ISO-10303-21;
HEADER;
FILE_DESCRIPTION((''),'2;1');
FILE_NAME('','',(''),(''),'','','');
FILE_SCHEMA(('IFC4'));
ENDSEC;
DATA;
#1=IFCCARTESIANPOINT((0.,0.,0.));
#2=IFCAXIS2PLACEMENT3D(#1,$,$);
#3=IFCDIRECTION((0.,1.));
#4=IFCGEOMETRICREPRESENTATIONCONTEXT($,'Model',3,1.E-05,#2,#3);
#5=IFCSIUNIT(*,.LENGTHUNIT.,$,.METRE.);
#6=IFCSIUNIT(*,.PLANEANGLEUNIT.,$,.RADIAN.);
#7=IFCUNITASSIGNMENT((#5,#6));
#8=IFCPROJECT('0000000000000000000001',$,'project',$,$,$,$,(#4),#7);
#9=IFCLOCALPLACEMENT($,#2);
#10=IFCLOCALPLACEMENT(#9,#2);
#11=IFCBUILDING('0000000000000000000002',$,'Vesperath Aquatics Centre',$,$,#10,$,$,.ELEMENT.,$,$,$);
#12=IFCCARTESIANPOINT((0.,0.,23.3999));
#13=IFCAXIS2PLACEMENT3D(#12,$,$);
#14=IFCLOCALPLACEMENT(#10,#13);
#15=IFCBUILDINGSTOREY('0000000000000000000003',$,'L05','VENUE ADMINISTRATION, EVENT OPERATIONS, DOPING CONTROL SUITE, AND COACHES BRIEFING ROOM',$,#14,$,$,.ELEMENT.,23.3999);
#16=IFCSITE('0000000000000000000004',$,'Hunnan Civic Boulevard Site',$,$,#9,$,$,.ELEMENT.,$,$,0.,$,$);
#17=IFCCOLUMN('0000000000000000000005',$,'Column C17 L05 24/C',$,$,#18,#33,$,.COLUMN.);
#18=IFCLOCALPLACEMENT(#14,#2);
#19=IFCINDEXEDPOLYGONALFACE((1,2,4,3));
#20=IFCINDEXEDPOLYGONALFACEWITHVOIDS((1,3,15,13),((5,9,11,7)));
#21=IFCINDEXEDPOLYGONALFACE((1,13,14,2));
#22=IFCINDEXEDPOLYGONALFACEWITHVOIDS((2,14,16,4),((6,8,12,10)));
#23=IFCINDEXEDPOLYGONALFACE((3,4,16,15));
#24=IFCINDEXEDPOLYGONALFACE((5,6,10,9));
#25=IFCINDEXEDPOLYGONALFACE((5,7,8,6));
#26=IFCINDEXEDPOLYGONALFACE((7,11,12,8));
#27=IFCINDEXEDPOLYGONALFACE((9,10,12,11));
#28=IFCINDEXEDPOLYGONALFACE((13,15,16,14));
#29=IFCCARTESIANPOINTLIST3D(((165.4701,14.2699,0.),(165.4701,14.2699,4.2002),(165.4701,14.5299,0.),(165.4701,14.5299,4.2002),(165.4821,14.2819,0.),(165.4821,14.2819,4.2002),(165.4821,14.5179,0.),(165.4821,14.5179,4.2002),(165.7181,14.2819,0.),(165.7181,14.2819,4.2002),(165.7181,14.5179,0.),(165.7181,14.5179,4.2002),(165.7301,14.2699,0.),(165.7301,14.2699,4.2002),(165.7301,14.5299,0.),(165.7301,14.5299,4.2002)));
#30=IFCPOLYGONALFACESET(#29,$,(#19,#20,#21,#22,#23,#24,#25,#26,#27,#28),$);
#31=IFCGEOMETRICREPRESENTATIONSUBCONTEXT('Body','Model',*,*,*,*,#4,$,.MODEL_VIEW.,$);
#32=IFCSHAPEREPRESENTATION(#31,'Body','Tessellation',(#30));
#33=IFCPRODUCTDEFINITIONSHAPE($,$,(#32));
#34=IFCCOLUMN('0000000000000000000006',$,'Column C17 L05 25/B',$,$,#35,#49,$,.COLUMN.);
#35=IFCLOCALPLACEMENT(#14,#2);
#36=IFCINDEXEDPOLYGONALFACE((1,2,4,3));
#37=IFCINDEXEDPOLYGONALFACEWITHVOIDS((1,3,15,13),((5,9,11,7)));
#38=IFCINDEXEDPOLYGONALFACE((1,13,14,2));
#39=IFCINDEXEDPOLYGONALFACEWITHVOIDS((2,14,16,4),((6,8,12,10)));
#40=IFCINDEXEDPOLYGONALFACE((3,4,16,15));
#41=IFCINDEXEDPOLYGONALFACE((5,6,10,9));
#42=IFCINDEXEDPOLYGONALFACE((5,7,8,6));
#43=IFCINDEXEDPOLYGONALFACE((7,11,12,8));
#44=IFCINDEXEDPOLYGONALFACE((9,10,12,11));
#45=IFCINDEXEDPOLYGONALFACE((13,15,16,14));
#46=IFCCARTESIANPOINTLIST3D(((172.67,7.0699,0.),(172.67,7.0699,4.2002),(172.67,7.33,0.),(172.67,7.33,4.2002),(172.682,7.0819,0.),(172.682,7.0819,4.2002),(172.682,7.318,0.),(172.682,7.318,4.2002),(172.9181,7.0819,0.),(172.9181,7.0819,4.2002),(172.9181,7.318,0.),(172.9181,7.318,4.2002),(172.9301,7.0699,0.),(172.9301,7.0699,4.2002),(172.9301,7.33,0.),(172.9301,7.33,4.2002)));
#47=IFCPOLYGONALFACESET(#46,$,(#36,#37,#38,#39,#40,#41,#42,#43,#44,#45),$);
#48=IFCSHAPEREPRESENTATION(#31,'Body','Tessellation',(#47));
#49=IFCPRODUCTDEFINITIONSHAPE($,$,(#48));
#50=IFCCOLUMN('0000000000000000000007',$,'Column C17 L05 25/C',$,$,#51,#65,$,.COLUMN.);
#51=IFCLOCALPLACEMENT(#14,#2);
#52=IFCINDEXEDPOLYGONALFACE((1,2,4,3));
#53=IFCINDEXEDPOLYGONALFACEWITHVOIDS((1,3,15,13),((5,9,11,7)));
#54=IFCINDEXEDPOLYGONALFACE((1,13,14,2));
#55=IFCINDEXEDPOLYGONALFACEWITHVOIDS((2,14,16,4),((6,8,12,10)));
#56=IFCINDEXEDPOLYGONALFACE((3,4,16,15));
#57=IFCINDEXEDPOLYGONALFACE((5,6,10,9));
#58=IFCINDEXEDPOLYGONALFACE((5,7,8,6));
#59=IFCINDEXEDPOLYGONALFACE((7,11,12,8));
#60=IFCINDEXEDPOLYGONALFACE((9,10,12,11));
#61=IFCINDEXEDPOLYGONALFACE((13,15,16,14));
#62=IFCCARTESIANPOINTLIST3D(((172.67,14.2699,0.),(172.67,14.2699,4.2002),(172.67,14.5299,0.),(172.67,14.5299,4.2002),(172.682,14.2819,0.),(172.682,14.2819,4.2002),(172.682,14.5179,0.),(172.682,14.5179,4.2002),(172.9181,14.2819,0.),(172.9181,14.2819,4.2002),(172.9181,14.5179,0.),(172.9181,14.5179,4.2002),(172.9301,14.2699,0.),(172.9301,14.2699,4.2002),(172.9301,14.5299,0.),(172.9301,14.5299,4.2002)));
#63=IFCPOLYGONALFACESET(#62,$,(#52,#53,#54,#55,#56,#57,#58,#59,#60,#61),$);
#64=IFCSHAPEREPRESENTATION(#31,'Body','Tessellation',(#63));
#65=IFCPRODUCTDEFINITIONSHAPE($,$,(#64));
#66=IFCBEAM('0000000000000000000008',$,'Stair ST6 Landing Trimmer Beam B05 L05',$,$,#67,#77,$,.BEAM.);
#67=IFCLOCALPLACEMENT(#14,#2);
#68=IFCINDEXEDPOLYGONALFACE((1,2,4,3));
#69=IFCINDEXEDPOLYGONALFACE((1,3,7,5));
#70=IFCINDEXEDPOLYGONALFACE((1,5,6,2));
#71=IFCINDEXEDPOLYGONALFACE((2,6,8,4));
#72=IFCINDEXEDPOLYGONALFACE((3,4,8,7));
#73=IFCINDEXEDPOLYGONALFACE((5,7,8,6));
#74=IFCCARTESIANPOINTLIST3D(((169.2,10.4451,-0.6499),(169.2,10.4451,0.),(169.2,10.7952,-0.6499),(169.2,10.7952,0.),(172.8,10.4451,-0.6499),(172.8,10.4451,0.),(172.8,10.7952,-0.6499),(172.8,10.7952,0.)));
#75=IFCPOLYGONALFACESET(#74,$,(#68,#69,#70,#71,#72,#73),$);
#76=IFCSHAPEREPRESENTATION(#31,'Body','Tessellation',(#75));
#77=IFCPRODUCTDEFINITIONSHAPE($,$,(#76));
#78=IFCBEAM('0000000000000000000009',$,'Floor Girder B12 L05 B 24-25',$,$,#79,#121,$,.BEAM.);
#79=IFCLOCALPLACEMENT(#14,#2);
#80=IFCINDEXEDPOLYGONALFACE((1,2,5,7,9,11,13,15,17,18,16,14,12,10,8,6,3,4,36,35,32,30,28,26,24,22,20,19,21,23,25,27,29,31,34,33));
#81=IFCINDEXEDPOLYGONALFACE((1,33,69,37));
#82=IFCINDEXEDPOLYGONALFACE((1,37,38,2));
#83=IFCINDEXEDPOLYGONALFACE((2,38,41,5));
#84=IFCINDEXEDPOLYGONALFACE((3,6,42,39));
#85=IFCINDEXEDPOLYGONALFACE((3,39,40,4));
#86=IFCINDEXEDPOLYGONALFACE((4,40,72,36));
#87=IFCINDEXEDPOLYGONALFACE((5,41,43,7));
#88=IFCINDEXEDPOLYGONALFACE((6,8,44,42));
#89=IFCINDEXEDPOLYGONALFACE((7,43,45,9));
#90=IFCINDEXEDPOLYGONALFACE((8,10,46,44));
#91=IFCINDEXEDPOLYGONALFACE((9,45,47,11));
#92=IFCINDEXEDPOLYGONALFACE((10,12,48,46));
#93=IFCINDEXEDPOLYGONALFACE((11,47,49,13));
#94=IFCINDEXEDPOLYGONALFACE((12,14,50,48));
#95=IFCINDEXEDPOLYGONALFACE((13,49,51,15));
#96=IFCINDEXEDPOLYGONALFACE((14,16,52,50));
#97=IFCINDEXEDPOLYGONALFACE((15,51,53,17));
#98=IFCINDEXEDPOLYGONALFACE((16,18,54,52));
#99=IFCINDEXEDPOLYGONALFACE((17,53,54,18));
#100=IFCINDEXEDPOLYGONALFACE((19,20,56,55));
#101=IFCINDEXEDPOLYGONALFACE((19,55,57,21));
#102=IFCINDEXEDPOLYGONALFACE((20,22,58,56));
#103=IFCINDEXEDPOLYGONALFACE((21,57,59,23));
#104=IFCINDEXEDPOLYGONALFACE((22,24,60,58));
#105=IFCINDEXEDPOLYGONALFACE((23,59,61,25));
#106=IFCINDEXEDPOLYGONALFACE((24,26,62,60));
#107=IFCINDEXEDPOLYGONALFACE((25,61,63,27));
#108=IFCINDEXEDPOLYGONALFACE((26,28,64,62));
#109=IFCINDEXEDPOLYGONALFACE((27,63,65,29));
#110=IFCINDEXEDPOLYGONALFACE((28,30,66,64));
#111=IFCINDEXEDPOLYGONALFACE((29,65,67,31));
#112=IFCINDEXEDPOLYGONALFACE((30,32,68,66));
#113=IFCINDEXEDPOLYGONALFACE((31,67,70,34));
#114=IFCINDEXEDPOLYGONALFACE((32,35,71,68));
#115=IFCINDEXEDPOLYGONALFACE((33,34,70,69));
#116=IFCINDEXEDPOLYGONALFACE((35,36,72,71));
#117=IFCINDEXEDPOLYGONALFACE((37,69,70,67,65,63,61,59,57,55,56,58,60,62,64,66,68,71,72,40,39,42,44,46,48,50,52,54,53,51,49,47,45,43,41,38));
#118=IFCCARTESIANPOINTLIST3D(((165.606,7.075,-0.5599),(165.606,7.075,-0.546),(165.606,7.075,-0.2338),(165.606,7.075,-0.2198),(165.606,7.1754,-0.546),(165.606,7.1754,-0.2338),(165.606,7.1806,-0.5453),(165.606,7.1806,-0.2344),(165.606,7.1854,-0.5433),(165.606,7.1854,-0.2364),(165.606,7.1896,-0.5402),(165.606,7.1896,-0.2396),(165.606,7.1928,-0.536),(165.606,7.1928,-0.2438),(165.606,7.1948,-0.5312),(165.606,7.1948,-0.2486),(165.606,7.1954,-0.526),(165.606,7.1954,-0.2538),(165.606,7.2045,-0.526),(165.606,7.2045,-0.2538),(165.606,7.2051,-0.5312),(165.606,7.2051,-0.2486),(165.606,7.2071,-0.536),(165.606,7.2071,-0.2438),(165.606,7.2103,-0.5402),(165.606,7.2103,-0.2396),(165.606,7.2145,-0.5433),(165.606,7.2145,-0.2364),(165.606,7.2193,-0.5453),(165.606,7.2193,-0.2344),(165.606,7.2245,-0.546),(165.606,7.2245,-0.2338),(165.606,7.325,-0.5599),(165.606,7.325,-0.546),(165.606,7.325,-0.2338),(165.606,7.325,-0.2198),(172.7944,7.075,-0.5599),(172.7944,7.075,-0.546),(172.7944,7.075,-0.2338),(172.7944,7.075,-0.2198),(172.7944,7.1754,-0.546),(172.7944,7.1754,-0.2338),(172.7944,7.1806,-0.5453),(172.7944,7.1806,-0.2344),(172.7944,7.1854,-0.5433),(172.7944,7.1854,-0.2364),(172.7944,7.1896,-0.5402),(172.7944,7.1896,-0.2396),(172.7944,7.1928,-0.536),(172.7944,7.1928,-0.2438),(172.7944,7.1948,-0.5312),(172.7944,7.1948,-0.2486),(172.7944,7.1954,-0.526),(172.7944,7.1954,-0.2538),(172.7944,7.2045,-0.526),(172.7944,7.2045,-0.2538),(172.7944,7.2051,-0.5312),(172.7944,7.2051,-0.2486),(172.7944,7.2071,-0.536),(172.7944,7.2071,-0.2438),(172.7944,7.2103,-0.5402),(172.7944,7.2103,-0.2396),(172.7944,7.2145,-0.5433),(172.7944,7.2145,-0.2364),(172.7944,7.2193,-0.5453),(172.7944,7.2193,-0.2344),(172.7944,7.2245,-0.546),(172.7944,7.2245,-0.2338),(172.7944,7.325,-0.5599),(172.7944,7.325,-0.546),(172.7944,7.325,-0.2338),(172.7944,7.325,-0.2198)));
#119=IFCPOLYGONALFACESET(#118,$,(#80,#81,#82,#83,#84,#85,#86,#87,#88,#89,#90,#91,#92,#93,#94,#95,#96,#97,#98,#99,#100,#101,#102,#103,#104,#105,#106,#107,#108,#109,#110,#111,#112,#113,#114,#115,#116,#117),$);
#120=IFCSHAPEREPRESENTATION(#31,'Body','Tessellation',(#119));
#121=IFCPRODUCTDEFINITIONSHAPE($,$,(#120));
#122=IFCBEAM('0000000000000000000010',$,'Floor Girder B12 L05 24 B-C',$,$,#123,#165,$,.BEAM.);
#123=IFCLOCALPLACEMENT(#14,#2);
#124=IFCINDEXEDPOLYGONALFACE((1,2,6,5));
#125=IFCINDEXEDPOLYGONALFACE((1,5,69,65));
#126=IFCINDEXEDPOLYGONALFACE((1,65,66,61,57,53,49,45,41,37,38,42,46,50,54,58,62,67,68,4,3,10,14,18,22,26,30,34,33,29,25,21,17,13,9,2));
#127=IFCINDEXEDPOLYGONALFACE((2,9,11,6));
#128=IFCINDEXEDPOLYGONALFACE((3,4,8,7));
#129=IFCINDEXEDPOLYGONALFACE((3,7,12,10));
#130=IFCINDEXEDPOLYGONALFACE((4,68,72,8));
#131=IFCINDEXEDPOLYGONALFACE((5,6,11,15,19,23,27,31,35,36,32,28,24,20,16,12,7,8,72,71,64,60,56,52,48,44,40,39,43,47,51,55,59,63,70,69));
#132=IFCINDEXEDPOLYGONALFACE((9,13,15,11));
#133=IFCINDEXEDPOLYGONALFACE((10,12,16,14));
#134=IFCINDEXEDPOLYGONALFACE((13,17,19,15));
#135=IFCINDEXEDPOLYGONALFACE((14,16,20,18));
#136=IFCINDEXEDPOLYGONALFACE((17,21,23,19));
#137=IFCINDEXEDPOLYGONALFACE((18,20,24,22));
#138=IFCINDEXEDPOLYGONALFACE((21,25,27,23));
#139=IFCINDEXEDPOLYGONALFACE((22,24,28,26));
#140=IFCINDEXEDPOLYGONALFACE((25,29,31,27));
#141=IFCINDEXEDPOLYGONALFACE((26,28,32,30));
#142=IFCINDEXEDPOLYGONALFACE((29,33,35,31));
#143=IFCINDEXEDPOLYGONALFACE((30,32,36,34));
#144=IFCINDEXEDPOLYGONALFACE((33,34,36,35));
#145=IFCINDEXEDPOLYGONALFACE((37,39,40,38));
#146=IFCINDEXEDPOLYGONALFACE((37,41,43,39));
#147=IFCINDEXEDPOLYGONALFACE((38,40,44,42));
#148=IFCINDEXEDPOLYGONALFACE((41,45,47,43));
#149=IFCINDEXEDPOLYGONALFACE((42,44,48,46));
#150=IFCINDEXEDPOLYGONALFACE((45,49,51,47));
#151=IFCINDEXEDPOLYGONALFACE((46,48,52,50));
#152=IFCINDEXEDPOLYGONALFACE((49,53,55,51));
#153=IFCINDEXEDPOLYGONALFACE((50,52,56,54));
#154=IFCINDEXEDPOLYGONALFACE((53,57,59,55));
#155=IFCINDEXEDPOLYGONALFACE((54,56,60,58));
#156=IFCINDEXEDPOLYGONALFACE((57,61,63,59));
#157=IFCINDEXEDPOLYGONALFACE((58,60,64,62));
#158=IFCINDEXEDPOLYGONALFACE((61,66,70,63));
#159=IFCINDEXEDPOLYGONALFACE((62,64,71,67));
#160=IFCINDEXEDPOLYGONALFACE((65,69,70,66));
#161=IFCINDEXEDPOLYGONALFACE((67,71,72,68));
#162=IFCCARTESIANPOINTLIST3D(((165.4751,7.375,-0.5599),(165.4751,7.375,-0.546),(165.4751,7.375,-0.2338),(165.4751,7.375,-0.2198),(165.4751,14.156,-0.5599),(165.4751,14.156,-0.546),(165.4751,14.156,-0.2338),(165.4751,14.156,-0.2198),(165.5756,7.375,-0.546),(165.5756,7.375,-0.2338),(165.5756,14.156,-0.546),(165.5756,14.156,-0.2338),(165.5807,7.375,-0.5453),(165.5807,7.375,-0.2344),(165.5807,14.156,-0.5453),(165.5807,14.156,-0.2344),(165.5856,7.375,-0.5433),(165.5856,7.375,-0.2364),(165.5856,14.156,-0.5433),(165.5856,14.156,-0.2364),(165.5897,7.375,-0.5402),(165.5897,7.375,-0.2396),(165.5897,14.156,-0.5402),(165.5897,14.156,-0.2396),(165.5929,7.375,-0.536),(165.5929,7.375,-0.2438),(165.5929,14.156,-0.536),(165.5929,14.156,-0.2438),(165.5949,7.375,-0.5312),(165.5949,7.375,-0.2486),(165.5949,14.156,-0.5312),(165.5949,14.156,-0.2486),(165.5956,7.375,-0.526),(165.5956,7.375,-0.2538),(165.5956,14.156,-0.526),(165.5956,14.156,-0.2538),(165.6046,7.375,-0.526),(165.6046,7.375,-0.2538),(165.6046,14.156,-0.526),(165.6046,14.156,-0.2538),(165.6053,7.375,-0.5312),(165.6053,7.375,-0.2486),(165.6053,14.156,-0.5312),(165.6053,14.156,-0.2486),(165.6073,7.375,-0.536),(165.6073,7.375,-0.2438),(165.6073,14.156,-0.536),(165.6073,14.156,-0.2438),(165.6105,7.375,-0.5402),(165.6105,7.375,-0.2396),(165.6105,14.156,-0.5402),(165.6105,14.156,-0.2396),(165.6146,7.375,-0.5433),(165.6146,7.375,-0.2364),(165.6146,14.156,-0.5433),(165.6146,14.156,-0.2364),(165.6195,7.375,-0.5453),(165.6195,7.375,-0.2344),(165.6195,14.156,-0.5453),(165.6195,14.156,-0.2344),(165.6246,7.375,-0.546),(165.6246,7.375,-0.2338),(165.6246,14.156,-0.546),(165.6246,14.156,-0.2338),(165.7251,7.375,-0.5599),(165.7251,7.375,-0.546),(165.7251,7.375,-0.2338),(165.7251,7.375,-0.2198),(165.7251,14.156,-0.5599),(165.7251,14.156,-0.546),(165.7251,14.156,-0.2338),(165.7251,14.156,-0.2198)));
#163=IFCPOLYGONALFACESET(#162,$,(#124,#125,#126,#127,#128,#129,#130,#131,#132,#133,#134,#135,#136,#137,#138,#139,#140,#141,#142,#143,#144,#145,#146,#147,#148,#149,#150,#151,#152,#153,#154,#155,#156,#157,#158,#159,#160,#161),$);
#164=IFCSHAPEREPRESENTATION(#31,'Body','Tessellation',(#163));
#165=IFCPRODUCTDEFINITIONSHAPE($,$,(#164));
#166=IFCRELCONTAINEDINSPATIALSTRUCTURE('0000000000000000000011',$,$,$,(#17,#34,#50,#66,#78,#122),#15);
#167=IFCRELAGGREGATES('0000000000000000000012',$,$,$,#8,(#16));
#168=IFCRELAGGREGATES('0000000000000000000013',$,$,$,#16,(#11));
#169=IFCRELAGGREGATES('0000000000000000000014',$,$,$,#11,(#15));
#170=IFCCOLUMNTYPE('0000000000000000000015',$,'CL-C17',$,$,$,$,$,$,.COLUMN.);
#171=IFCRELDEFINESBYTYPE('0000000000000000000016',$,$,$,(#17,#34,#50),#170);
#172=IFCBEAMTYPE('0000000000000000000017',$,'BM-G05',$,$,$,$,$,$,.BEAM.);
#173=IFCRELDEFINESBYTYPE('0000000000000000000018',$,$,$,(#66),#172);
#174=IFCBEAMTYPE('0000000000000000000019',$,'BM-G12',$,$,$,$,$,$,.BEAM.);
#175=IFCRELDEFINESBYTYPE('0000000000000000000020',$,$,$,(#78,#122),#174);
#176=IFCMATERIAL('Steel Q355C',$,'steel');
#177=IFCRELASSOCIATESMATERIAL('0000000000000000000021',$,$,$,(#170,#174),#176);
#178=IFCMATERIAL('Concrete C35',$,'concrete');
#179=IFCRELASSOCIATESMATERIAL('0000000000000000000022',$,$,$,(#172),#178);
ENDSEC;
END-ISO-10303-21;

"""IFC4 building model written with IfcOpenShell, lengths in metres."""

from ifc_helpers import new_model, si_unit, direction, frame, origin, origin_2d, place, context, subcontext, project, spatial, rectangle, hollow_rectangle, i_section, extrude, material, material_profile, profile_set, type_object, element, save


model = new_model("IFC4")

# Units and contexts
model_context = context("Model", 3, precision=1e-05, world=origin(), true_north=direction((0.0, 1.0)))
body_context = subcontext(model_context, "Body", "Model", "MODEL_VIEW")
ifc_project = project(units=[si_unit("LENGTHUNIT", "METRE"), si_unit("PLANEANGLEUNIT", "RADIAN")], contexts=[model_context])

# Site, building, storey
site_placement = place(None, origin())
site = spatial("IfcSite", under=ifc_project, at=site_placement, Name="Hunnan Civic Boulevard Site", CompositionType="ELEMENT", RefElevation=0.0)
building_placement = place(site_placement, origin())
building = spatial("IfcBuilding", under=site, at=building_placement, Name="Vesperath Aquatics Centre", CompositionType="ELEMENT")
storey_placement = place(building_placement, frame((0.0, 0.0, 23.3999)))
storey = spatial("IfcBuildingStorey", under=building, at=storey_placement, Name="L05", Description="VENUE ADMINISTRATION, EVENT OPERATIONS, DOPING CONTROL SUITE, AND COACHES BRIEFING ROOM", CompositionType="ELEMENT", Elevation=23.3999)

# Columns
ifc_material_1 = material(Name="Steel Q355C", Category="steel")
ifc_material_profile_1 = material_profile(ifc_material_1, hollow_rectangle(XDim=0.26, YDim=0.26, WallThickness=0.012, at=origin_2d()), Name="SHS 260x260x12")
ifc_profile_set_1 = profile_set([ifc_material_profile_1], Name="Steel Q355C")
column_type = type_object("IfcColumnType", Name="CL-C17", PredefinedType="COLUMN", material=ifc_profile_set_1)
for number, where, z_axis, x_axis, name in (
    (1, (165.6001, 14.3999, 0.0), (0.0, 0.0, 1.0), (1.0, 0.0, 0.0), "Column C17 L05 24/C"),
    (2, (172.8, 7.2, 0.0), (0.0, 0.0, 1.0), (1.0, 0.0, 0.0), "Column C17 L05 25/B"),
    (3, (172.8, 14.3999, 0.0), (0.0, 0.0, 1.0), (1.0, 0.0, 0.0), "Column C17 L05 25/C"),
):
    element("IfcColumn", number, at=place(storey_placement, frame(where, z_axis=z_axis, x_axis=x_axis)), inside=storey, type_object=column_type, Name=name, PredefinedType="COLUMN", context=body_context, shape_type="SweptSolid", body=[
        extrude(hollow_rectangle(XDim=0.26, YDim=0.26, WallThickness=0.012, at=origin_2d()), origin(), (0.0, 0.0, 1.0), 4.2002),
    ])

# Beams
ifc_material_2 = material(Name="Concrete C35", Category="concrete")
ifc_material_profile_2 = material_profile(ifc_material_2, rectangle(XDim=0.3501, YDim=0.6499, at=origin_2d()), Name="RC 350x650")
ifc_profile_set_2 = profile_set([ifc_material_profile_2], Name="Concrete C35")
beam_type_1 = type_object("IfcBeamType", Name="BM-G05", PredefinedType="BEAM", material=ifc_profile_set_2)
beam_1_placement = place(storey_placement, frame((169.2, 10.6201, -0.325), z_axis=(1.0, 0.0, 0.0), x_axis=(0.0, 1.0, 0.0)))
element("IfcBeam", 4, at=beam_1_placement, inside=storey, type_object=beam_type_1, Name="Stair ST6 Landing Trimmer Beam B05 L05", PredefinedType="BEAM", context=body_context, shape_type="SweptSolid", body=[
    extrude(rectangle(XDim=0.3501, YDim=0.6499, at=origin_2d()), origin(), (0.0, 0.0, 1.0), 3.6001),
])
ifc_material_profile_3 = material_profile(ifc_material_1, i_section(OverallWidth=0.25, OverallDepth=0.3401, WebThickness=0.009, FlangeThickness=0.0139, FilletRadius=0.02, at=origin_2d()), Name="HM 340x250x9x14")
ifc_profile_set_3 = profile_set([ifc_material_profile_3], Name="Steel Q355C")
beam_type_2 = type_object("IfcBeamType", Name="BM-G12", PredefinedType="BEAM", material=ifc_profile_set_3)
beam_2_placement = place(storey_placement, frame((165.606, 7.2, -0.3899), z_axis=(1.0, 0.0, 0.0), x_axis=(0.0, 1.0, 0.0)))
element("IfcBeam", 5, at=beam_2_placement, inside=storey, type_object=beam_type_2, Name="Floor Girder B12 L05 B 24-25", PredefinedType="BEAM", context=body_context, shape_type="SweptSolid", body=[
    extrude(i_section(OverallWidth=0.25, OverallDepth=0.3401, WebThickness=0.009, FlangeThickness=0.0139, FilletRadius=0.02, at=origin_2d()), origin(), (0.0, 0.0, 1.0), 7.1885),
])
for number, where, z_axis, x_axis, name in (
    (6, (165.6001, 7.375, -0.3899), (0.0, 1.0, 0.0), (-1.0, 0.0, 0.0), "Floor Girder B12 L05 24 B-C"),
):
    element("IfcBeam", number, at=place(storey_placement, frame(where, z_axis=z_axis, x_axis=x_axis)), inside=storey, type_object=beam_type_2, Name=name, PredefinedType="BEAM", context=body_context, shape_type="SweptSolid", body=[
        extrude(i_section(OverallWidth=0.25, OverallDepth=0.3401, WebThickness=0.009, FlangeThickness=0.0139, FilletRadius=0.02, at=origin_2d()), origin(), (0.0, 0.0, 1.0), 6.781),
    ])

save(model, "model.ifc")
